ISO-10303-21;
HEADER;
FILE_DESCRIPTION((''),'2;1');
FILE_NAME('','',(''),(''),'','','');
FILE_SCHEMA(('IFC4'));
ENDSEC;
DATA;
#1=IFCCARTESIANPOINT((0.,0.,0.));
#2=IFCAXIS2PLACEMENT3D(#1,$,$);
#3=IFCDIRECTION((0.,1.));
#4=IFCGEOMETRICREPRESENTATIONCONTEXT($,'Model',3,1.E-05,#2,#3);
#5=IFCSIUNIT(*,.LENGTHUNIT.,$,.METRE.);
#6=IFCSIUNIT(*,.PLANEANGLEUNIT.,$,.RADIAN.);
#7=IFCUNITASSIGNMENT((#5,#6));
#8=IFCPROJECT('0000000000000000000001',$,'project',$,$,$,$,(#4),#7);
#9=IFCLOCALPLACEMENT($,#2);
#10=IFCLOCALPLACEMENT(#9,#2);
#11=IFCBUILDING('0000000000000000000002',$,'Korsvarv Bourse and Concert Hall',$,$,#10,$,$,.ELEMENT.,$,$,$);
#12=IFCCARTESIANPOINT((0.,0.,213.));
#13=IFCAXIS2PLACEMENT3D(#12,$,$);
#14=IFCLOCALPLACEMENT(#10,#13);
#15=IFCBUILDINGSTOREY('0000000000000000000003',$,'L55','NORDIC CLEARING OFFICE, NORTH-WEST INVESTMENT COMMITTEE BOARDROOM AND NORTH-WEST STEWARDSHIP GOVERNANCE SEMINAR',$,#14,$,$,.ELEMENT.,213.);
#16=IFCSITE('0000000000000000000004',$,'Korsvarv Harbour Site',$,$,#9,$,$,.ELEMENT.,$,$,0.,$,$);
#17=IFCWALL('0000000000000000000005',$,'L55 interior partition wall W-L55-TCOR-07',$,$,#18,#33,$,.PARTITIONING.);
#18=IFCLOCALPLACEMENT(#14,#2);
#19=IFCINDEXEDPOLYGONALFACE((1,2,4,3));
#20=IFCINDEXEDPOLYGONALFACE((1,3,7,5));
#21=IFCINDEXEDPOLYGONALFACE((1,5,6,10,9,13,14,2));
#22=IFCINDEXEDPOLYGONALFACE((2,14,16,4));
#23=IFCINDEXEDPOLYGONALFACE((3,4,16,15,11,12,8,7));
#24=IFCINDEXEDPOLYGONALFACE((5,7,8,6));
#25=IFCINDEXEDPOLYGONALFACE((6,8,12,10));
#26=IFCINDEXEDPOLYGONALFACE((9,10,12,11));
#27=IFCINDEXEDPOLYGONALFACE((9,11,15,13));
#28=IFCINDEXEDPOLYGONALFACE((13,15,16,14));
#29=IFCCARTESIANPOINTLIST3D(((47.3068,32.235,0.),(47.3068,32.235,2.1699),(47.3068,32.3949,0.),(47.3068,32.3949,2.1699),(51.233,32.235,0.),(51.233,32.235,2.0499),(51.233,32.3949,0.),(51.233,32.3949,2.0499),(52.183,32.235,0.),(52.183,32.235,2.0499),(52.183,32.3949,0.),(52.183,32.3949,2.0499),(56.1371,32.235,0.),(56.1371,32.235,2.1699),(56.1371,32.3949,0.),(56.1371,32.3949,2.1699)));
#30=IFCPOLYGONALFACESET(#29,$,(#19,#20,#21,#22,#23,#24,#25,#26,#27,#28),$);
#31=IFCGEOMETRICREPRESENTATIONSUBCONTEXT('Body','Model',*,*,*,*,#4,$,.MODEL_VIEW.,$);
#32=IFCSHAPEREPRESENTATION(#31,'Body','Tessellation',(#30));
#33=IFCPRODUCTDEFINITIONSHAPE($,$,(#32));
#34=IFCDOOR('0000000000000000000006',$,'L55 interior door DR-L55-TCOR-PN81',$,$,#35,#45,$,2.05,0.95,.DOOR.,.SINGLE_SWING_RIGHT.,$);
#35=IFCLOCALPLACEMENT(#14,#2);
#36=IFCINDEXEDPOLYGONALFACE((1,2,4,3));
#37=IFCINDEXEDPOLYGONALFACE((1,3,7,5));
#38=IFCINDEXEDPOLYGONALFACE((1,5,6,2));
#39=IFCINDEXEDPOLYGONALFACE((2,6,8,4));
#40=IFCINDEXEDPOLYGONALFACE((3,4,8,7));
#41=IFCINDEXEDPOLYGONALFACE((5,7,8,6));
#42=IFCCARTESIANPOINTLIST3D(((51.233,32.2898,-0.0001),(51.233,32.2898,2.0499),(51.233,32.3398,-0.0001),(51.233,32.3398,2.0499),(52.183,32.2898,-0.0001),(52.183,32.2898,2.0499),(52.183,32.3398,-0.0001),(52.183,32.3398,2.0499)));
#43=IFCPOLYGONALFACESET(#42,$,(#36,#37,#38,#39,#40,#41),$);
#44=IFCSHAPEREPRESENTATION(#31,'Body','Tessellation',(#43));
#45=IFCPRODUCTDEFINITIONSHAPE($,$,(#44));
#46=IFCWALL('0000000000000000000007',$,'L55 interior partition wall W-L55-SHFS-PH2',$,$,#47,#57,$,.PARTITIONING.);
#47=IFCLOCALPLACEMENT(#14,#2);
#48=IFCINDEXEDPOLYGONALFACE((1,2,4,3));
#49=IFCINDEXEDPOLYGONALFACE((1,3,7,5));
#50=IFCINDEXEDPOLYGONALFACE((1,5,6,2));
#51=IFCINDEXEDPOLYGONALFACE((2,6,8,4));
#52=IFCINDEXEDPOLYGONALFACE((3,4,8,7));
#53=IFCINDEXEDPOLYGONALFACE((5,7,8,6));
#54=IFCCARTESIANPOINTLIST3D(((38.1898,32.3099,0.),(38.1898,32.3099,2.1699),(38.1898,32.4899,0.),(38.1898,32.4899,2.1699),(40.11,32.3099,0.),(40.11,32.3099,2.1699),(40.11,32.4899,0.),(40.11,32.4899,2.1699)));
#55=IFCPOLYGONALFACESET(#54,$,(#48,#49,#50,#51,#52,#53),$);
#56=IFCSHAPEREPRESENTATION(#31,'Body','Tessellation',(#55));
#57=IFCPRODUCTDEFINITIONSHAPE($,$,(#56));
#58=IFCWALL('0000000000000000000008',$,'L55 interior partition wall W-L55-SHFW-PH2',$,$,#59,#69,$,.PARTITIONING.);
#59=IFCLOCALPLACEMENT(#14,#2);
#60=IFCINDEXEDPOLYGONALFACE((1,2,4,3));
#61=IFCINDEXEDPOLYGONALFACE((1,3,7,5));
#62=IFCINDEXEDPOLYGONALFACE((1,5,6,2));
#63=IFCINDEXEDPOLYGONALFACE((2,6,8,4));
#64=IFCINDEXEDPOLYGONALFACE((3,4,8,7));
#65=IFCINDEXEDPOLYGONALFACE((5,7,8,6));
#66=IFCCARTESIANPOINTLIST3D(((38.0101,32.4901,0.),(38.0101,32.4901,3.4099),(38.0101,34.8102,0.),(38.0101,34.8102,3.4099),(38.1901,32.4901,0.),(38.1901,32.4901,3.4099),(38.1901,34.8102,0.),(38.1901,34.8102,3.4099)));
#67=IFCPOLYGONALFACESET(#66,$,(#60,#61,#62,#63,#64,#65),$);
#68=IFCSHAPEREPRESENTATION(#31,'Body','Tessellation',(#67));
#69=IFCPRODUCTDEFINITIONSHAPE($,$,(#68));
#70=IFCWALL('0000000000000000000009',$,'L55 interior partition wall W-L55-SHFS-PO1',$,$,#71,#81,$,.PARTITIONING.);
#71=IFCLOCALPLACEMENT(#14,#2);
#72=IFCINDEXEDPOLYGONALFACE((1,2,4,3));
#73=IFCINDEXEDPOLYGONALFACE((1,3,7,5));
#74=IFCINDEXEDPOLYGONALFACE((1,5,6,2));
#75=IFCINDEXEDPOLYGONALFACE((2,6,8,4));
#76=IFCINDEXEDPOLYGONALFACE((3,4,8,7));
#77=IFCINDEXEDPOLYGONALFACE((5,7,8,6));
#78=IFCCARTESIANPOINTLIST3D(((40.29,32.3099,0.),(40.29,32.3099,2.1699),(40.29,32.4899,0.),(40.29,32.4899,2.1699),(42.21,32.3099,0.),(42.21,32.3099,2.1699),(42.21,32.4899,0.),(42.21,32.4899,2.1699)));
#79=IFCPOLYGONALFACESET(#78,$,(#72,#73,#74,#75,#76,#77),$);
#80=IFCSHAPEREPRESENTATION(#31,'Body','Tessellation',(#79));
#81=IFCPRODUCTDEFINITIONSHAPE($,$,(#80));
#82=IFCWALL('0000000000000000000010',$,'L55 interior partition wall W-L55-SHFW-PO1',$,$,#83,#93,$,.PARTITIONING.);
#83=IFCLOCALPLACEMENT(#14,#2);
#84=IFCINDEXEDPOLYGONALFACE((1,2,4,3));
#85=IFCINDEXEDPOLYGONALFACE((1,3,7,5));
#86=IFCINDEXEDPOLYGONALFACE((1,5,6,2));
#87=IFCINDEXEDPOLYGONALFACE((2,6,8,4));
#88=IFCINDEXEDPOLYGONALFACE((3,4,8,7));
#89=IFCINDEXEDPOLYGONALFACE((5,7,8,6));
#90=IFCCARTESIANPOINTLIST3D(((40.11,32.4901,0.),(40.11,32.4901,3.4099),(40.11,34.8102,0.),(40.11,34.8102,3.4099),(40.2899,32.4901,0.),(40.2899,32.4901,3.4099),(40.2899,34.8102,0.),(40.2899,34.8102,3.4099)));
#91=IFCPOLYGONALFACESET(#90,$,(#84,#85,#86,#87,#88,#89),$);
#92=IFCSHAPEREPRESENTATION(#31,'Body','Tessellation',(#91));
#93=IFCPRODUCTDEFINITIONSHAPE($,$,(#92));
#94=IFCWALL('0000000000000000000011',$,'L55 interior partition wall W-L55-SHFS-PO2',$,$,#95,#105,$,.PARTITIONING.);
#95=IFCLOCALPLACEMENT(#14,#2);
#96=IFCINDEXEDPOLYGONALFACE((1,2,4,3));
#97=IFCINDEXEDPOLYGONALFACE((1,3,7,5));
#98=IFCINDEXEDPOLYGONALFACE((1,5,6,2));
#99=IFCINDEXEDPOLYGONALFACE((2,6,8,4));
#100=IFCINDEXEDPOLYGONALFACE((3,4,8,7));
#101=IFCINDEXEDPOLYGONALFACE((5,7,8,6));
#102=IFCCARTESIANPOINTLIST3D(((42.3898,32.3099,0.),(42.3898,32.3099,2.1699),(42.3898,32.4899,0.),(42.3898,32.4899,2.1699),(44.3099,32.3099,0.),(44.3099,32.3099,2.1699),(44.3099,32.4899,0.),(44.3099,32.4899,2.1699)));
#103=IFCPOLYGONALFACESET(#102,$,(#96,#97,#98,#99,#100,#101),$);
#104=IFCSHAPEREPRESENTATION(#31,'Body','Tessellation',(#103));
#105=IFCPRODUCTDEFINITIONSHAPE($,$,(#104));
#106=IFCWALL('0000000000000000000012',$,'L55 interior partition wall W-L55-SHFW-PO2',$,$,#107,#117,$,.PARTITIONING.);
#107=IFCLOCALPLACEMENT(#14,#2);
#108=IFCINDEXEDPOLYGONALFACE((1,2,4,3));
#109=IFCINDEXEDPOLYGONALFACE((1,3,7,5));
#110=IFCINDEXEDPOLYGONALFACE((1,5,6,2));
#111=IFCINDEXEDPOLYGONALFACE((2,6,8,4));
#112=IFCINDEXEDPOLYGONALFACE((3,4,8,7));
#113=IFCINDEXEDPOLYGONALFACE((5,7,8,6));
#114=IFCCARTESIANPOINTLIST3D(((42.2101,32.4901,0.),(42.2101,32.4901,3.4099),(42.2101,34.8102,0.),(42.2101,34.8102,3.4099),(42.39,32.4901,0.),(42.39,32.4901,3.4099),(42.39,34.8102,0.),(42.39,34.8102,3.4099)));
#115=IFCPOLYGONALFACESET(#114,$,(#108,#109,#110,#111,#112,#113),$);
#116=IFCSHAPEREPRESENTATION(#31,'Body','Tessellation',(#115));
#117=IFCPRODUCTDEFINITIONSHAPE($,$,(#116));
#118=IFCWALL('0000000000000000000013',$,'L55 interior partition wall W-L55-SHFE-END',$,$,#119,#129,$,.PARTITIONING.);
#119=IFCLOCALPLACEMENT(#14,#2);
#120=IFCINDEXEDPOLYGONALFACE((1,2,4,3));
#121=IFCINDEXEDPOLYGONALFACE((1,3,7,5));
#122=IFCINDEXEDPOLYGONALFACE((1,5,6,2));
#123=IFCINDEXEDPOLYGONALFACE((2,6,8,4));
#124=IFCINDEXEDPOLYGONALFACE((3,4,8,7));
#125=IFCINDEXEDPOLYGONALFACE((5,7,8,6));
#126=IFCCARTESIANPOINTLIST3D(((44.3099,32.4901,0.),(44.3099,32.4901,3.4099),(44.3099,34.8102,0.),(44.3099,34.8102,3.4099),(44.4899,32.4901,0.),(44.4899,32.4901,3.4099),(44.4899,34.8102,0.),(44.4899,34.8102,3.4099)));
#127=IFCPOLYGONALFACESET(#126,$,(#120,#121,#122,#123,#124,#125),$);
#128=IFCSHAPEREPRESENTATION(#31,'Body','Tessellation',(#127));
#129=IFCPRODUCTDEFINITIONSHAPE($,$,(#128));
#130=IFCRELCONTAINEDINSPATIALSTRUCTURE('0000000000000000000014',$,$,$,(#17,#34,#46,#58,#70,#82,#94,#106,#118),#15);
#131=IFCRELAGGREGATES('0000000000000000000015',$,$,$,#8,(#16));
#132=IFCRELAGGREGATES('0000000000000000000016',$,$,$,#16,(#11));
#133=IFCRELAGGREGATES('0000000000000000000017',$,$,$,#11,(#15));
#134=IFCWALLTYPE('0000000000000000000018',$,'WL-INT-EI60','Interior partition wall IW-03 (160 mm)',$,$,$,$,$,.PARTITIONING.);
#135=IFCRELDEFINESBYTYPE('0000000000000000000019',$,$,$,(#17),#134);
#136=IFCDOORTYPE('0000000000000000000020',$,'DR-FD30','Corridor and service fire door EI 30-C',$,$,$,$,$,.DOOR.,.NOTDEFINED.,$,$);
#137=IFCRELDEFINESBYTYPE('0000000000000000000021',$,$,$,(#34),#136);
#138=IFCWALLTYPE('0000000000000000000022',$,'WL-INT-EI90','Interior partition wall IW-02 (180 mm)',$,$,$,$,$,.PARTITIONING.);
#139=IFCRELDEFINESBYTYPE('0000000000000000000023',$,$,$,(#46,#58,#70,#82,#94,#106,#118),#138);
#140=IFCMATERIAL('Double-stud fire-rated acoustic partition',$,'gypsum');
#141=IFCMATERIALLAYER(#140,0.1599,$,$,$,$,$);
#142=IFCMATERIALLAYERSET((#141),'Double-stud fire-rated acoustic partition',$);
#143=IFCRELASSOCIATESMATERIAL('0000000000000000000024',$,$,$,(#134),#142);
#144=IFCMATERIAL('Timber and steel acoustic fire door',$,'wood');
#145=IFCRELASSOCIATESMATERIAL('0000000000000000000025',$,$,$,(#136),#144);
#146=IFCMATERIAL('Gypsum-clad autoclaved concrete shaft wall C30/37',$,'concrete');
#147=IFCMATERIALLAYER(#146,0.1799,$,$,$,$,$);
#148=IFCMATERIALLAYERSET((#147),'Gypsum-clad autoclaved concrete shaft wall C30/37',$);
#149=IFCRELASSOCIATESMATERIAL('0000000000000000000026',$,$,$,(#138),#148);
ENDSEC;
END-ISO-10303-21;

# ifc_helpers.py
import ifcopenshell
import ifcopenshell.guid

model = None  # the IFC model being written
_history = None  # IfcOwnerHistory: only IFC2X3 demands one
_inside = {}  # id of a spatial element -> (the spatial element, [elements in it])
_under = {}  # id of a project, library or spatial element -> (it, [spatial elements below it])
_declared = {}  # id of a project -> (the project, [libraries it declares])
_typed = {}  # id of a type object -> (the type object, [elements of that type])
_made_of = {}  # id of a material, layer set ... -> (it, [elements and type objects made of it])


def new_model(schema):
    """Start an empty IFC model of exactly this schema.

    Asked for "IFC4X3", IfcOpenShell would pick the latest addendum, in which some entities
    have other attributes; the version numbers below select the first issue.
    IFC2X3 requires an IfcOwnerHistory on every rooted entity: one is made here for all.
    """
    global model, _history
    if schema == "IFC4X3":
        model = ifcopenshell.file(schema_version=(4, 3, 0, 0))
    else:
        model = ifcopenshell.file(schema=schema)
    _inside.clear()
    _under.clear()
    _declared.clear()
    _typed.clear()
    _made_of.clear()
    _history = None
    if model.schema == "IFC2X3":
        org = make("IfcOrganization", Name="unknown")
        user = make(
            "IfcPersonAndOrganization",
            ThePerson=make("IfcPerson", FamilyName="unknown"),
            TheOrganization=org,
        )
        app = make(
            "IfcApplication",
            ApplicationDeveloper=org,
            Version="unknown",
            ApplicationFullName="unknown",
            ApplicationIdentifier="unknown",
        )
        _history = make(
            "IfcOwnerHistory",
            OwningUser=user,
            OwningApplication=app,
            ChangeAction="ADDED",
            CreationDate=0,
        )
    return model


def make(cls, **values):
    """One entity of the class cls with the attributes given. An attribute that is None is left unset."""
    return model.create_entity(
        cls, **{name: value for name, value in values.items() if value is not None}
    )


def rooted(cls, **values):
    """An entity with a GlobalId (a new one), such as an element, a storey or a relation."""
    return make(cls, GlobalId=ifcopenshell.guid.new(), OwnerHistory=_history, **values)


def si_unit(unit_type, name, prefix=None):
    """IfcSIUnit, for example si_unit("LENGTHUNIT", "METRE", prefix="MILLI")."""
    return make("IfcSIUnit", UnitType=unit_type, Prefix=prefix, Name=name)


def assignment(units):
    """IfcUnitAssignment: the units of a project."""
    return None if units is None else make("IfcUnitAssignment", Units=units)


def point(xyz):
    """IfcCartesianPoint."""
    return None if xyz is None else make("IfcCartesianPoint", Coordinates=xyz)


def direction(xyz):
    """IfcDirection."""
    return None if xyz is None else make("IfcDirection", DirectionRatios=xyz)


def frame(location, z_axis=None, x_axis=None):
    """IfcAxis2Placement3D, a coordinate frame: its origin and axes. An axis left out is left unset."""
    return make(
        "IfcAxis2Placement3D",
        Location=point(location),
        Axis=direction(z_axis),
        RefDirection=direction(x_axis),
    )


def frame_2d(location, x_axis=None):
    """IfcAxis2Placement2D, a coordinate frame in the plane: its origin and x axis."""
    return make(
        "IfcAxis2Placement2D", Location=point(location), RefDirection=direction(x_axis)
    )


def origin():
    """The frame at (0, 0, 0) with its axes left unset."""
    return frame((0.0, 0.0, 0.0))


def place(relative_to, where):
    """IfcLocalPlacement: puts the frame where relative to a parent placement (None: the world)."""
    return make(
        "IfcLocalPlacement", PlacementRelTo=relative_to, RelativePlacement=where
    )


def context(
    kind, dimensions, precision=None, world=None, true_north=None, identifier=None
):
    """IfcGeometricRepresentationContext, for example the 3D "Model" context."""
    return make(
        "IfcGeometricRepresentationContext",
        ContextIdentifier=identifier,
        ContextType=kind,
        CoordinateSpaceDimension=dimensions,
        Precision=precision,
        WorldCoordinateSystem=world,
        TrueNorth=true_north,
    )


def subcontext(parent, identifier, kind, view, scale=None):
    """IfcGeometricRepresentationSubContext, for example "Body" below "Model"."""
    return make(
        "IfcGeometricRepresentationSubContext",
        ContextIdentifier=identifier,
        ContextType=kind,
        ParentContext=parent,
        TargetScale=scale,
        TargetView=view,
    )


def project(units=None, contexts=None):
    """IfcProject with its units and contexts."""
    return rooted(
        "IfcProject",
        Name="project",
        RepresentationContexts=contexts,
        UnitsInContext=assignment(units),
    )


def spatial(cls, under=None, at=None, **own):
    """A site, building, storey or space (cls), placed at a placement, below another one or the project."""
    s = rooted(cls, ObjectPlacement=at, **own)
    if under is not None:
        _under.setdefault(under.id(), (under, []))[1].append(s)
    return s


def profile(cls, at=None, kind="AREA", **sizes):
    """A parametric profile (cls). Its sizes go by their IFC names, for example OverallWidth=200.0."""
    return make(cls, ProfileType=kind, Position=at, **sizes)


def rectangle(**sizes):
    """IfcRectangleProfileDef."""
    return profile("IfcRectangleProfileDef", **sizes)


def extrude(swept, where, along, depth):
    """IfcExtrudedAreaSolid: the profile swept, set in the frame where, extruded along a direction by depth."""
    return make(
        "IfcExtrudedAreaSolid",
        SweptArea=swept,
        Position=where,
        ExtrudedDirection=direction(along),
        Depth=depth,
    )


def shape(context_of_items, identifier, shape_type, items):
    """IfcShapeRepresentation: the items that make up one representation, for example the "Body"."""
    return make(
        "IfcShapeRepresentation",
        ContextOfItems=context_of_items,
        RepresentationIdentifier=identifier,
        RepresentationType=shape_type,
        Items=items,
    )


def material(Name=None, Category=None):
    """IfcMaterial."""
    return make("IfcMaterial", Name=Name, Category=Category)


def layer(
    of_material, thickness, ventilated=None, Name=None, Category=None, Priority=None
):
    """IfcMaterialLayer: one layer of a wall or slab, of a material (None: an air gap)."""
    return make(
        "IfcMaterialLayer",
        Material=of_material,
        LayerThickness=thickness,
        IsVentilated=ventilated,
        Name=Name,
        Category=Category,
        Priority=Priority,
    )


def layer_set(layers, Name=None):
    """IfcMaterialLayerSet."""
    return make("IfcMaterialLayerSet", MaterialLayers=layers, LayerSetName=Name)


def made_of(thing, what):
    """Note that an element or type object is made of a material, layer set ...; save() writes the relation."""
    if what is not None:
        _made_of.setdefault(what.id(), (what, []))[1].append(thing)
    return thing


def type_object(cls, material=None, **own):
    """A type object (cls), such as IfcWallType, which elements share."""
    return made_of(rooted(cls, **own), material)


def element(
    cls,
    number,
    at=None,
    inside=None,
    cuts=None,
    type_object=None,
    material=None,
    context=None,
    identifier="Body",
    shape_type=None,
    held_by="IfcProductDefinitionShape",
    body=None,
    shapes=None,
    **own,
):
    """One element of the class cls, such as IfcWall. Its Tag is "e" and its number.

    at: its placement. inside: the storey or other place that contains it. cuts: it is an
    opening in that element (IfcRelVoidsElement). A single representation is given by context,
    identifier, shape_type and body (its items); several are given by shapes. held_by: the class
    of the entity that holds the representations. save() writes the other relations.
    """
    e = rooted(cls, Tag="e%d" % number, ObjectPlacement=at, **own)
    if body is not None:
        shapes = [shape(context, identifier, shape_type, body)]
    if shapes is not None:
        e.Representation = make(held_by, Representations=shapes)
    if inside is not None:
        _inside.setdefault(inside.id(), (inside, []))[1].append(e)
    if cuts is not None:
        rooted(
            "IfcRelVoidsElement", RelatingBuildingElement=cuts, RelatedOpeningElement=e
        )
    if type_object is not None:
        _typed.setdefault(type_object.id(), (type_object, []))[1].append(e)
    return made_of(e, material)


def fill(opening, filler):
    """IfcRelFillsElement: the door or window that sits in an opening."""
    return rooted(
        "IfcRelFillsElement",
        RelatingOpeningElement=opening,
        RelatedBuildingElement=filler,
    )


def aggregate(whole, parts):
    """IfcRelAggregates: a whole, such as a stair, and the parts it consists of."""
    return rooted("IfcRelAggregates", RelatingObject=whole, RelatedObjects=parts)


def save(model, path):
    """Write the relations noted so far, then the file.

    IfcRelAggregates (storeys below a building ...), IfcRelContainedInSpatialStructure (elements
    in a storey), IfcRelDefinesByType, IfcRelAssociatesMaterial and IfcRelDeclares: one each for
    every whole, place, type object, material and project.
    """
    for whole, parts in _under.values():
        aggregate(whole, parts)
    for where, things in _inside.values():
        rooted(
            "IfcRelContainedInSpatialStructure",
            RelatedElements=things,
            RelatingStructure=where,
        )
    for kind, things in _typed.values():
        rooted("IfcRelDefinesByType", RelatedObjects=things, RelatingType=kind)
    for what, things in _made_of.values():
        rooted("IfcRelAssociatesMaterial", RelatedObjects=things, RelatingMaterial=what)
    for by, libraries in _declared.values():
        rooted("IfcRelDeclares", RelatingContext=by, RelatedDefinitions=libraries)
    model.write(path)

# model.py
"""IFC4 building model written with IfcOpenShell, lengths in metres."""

from ifc_helpers import new_model, si_unit, direction, frame, frame_2d, origin, place, context, subcontext, project, spatial, rectangle, extrude, material, layer, layer_set, type_object, element, fill, save


model = new_model("IFC4")

# Units and contexts
model_context = context("Model", 3, precision=1e-05, world=origin(), true_north=direction((0.0, 1.0)))
body_context = subcontext(model_context, "Body", "Model", "MODEL_VIEW")
ifc_project = project(units=[si_unit("LENGTHUNIT", "METRE"), si_unit("PLANEANGLEUNIT", "RADIAN")], contexts=[model_context])

# Site, building, storey
site_placement = place(None, origin())
site = spatial("IfcSite", under=ifc_project, at=site_placement, Name="Korsvarv Harbour Site", CompositionType="ELEMENT", RefElevation=0.0)
building_placement = place(site_placement, origin())
building = spatial("IfcBuilding", under=site, at=building_placement, Name="Korsvarv Bourse and Concert Hall", CompositionType="ELEMENT")
storey_placement = place(building_placement, frame((0.0, 0.0, 213.0)))
storey = spatial("IfcBuildingStorey", under=building, at=storey_placement, Name="L55", Description="NORDIC CLEARING OFFICE, NORTH-WEST INVESTMENT COMMITTEE BOARDROOM AND NORTH-WEST STEWARDSHIP GOVERNANCE SEMINAR", CompositionType="ELEMENT", Elevation=213.0)

# Wall, opening, door
ifc_material_1 = material(Name="Double-stud fire-rated acoustic partition", Category="gypsum")
ifc_layer_1 = layer(ifc_material_1, 0.1599)
ifc_layer_set_1 = layer_set([ifc_layer_1], Name="Double-stud fire-rated acoustic partition")
wall_type_1 = type_object("IfcWallType", Name="WL-INT-EI60", Description="Interior partition wall IW-03 (160 mm)", PredefinedType="PARTITIONING", material=ifc_layer_set_1)
ifc_material_2 = material(Name="Timber and steel acoustic fire door", Category="wood")
door_type = type_object("IfcDoorType", Name="DR-FD30", Description="Corridor and service fire door EI 30-C", OperationType="NOTDEFINED", PredefinedType="DOOR", material=ifc_material_2)
wall_1_placement = place(storey_placement, frame((47.3069, 32.3149, 0.0), z_axis=(0.0, 0.0, 1.0), x_axis=(1.0, 0.0, 0.0)))
wall_1 = element("IfcWall", 1, at=wall_1_placement, inside=storey, type_object=wall_type_1, Name="L55 interior partition wall W-L55-TCOR-07", PredefinedType="PARTITIONING", context=body_context, shape_type="SweptSolid", body=[
    extrude(rectangle(XDim=8.8303, YDim=0.1599, at=frame_2d((4.415, 0.0))), origin(), (0.0, 0.0, 1.0), 2.1699),
])
opening_1_placement = place(wall_1_placement, frame((3.926, 0.0, 0.0)))
opening_1 = element("IfcOpeningElement", 2, at=opening_1_placement, cuts=wall_1, PredefinedType="OPENING", context=body_context, shape_type="SweptSolid", body=[
    extrude(rectangle(XDim=0.95, YDim=2.05, at=frame_2d((0.4751, 1.0249))), frame((0.0, 0.0898, 0.0), z_axis=(0.0, -1.0, 0.0), x_axis=(1.0, 0.0, 0.0)), (0.0, 0.0, 1.0), 0.1799),
])
door_1_placement = place(opening_1_placement, origin())
door_1 = element("IfcDoor", 3, at=door_1_placement, inside=storey, type_object=door_type, Name="L55 interior door DR-L55-TCOR-PN81", OperationType="SINGLE_SWING_RIGHT", OverallHeight=2.05, OverallWidth=0.95, PredefinedType="DOOR", context=body_context, shape_type="SweptSolid", body=[
    extrude(rectangle(XDim=0.95, YDim=2.05, at=frame_2d((0.4751, 1.0249))), frame((0.0, 0.0249, 0.0), z_axis=(0.0, -1.0, 0.0), x_axis=(1.0, 0.0, 0.0)), (0.0, 0.0, 1.0), 0.05),
])
fill(opening_1, door_1)

# Walls
ifc_material_3 = material(Name="Gypsum-clad autoclaved concrete shaft wall C30/37", Category="concrete")
ifc_layer_2 = layer(ifc_material_3, 0.1799)
ifc_layer_set_2 = layer_set([ifc_layer_2], Name="Gypsum-clad autoclaved concrete shaft wall C30/37")
wall_type_2 = type_object("IfcWallType", Name="WL-INT-EI90", Description="Interior partition wall IW-02 (180 mm)", PredefinedType="PARTITIONING", material=ifc_layer_set_2)
wall_2_placement = place(storey_placement, frame((38.1899, 32.3999, 0.0), z_axis=(0.0, 0.0, 1.0), x_axis=(1.0, 0.0, 0.0)))
element("IfcWall", 4, at=wall_2_placement, inside=storey, type_object=wall_type_2, Name="L55 interior partition wall W-L55-SHFS-PH2", PredefinedType="PARTITIONING", context=body_context, shape_type="SweptSolid", body=[
    extrude(rectangle(XDim=1.9202, YDim=0.1799, at=frame_2d((0.96, 0.0))), origin(), (0.0, 0.0, 1.0), 2.1699),
])
wall_3_placement = place(storey_placement, frame((38.1001, 32.49, 0.0), z_axis=(0.0, 0.0, 1.0), x_axis=(0.0, 1.0, 0.0)))
element("IfcWall", 5, at=wall_3_placement, inside=storey, type_object=wall_type_2, Name="L55 interior partition wall W-L55-SHFW-PH2", PredefinedType="PARTITIONING", context=body_context, shape_type="SweptSolid", body=[
    extrude(rectangle(XDim=2.3201, YDim=0.1799, at=frame_2d((1.1602, 0.0))), origin(), (0.0, 0.0, 1.0), 3.4099),
])
wall_4_placement = place(storey_placement, frame((40.29, 32.3999, 0.0), z_axis=(0.0, 0.0, 1.0), x_axis=(1.0, 0.0, 0.0)))
element("IfcWall", 6, at=wall_4_placement, inside=storey, type_object=wall_type_2, Name="L55 interior partition wall W-L55-SHFS-PO1", PredefinedType="PARTITIONING", context=body_context, shape_type="SweptSolid", body=[
    extrude(rectangle(XDim=1.9199, YDim=0.1799, at=frame_2d((0.96, 0.0))), origin(), (0.0, 0.0, 1.0), 2.1699),
])
wall_5_placement = place(storey_placement, frame((40.2, 32.49, 0.0), z_axis=(0.0, 0.0, 1.0), x_axis=(0.0, 1.0, 0.0)))
element("IfcWall", 7, at=wall_5_placement, inside=storey, type_object=wall_type_2, Name="L55 interior partition wall W-L55-SHFW-PO1", PredefinedType="PARTITIONING", context=body_context, shape_type="SweptSolid", body=[
    extrude(rectangle(XDim=2.3201, YDim=0.1799, at=frame_2d((1.1602, 0.0))), origin(), (0.0, 0.0, 1.0), 3.4099),
])
wall_6_placement = place(storey_placement, frame((42.3899, 32.3999, 0.0), z_axis=(0.0, 0.0, 1.0), x_axis=(1.0, 0.0, 0.0)))
element("IfcWall", 8, at=wall_6_placement, inside=storey, type_object=wall_type_2, Name="L55 interior partition wall W-L55-SHFS-PO2", PredefinedType="PARTITIONING", context=body_context, shape_type="SweptSolid", body=[
    extrude(rectangle(XDim=1.9202, YDim=0.1799, at=frame_2d((0.96, 0.0))), origin(), (0.0, 0.0, 1.0), 2.1699),
])
for number, where, z_axis, x_axis, name in (
    (9, (42.3, 32.49, 0.0), (0.0, 0.0, 1.0), (0.0, 1.0, 0.0), "L55 interior partition wall W-L55-SHFW-PO2"),
    (10, (44.3999, 32.49, 0.0), (0.0, 0.0, 1.0), (0.0, 1.0, 0.0), "L55 interior partition wall W-L55-SHFE-END"),
):
    element("IfcWall", number, at=place(storey_placement, frame(where, z_axis=z_axis, x_axis=x_axis)), inside=storey, type_object=wall_type_2, Name=name, PredefinedType="PARTITIONING", context=body_context, shape_type="SweptSolid", body=[
        extrude(rectangle(XDim=2.3201, YDim=0.1799, at=frame_2d((1.1602, 0.0))), origin(), (0.0, 0.0, 1.0), 3.4099),
    ])

save(model, "model.ifc")
